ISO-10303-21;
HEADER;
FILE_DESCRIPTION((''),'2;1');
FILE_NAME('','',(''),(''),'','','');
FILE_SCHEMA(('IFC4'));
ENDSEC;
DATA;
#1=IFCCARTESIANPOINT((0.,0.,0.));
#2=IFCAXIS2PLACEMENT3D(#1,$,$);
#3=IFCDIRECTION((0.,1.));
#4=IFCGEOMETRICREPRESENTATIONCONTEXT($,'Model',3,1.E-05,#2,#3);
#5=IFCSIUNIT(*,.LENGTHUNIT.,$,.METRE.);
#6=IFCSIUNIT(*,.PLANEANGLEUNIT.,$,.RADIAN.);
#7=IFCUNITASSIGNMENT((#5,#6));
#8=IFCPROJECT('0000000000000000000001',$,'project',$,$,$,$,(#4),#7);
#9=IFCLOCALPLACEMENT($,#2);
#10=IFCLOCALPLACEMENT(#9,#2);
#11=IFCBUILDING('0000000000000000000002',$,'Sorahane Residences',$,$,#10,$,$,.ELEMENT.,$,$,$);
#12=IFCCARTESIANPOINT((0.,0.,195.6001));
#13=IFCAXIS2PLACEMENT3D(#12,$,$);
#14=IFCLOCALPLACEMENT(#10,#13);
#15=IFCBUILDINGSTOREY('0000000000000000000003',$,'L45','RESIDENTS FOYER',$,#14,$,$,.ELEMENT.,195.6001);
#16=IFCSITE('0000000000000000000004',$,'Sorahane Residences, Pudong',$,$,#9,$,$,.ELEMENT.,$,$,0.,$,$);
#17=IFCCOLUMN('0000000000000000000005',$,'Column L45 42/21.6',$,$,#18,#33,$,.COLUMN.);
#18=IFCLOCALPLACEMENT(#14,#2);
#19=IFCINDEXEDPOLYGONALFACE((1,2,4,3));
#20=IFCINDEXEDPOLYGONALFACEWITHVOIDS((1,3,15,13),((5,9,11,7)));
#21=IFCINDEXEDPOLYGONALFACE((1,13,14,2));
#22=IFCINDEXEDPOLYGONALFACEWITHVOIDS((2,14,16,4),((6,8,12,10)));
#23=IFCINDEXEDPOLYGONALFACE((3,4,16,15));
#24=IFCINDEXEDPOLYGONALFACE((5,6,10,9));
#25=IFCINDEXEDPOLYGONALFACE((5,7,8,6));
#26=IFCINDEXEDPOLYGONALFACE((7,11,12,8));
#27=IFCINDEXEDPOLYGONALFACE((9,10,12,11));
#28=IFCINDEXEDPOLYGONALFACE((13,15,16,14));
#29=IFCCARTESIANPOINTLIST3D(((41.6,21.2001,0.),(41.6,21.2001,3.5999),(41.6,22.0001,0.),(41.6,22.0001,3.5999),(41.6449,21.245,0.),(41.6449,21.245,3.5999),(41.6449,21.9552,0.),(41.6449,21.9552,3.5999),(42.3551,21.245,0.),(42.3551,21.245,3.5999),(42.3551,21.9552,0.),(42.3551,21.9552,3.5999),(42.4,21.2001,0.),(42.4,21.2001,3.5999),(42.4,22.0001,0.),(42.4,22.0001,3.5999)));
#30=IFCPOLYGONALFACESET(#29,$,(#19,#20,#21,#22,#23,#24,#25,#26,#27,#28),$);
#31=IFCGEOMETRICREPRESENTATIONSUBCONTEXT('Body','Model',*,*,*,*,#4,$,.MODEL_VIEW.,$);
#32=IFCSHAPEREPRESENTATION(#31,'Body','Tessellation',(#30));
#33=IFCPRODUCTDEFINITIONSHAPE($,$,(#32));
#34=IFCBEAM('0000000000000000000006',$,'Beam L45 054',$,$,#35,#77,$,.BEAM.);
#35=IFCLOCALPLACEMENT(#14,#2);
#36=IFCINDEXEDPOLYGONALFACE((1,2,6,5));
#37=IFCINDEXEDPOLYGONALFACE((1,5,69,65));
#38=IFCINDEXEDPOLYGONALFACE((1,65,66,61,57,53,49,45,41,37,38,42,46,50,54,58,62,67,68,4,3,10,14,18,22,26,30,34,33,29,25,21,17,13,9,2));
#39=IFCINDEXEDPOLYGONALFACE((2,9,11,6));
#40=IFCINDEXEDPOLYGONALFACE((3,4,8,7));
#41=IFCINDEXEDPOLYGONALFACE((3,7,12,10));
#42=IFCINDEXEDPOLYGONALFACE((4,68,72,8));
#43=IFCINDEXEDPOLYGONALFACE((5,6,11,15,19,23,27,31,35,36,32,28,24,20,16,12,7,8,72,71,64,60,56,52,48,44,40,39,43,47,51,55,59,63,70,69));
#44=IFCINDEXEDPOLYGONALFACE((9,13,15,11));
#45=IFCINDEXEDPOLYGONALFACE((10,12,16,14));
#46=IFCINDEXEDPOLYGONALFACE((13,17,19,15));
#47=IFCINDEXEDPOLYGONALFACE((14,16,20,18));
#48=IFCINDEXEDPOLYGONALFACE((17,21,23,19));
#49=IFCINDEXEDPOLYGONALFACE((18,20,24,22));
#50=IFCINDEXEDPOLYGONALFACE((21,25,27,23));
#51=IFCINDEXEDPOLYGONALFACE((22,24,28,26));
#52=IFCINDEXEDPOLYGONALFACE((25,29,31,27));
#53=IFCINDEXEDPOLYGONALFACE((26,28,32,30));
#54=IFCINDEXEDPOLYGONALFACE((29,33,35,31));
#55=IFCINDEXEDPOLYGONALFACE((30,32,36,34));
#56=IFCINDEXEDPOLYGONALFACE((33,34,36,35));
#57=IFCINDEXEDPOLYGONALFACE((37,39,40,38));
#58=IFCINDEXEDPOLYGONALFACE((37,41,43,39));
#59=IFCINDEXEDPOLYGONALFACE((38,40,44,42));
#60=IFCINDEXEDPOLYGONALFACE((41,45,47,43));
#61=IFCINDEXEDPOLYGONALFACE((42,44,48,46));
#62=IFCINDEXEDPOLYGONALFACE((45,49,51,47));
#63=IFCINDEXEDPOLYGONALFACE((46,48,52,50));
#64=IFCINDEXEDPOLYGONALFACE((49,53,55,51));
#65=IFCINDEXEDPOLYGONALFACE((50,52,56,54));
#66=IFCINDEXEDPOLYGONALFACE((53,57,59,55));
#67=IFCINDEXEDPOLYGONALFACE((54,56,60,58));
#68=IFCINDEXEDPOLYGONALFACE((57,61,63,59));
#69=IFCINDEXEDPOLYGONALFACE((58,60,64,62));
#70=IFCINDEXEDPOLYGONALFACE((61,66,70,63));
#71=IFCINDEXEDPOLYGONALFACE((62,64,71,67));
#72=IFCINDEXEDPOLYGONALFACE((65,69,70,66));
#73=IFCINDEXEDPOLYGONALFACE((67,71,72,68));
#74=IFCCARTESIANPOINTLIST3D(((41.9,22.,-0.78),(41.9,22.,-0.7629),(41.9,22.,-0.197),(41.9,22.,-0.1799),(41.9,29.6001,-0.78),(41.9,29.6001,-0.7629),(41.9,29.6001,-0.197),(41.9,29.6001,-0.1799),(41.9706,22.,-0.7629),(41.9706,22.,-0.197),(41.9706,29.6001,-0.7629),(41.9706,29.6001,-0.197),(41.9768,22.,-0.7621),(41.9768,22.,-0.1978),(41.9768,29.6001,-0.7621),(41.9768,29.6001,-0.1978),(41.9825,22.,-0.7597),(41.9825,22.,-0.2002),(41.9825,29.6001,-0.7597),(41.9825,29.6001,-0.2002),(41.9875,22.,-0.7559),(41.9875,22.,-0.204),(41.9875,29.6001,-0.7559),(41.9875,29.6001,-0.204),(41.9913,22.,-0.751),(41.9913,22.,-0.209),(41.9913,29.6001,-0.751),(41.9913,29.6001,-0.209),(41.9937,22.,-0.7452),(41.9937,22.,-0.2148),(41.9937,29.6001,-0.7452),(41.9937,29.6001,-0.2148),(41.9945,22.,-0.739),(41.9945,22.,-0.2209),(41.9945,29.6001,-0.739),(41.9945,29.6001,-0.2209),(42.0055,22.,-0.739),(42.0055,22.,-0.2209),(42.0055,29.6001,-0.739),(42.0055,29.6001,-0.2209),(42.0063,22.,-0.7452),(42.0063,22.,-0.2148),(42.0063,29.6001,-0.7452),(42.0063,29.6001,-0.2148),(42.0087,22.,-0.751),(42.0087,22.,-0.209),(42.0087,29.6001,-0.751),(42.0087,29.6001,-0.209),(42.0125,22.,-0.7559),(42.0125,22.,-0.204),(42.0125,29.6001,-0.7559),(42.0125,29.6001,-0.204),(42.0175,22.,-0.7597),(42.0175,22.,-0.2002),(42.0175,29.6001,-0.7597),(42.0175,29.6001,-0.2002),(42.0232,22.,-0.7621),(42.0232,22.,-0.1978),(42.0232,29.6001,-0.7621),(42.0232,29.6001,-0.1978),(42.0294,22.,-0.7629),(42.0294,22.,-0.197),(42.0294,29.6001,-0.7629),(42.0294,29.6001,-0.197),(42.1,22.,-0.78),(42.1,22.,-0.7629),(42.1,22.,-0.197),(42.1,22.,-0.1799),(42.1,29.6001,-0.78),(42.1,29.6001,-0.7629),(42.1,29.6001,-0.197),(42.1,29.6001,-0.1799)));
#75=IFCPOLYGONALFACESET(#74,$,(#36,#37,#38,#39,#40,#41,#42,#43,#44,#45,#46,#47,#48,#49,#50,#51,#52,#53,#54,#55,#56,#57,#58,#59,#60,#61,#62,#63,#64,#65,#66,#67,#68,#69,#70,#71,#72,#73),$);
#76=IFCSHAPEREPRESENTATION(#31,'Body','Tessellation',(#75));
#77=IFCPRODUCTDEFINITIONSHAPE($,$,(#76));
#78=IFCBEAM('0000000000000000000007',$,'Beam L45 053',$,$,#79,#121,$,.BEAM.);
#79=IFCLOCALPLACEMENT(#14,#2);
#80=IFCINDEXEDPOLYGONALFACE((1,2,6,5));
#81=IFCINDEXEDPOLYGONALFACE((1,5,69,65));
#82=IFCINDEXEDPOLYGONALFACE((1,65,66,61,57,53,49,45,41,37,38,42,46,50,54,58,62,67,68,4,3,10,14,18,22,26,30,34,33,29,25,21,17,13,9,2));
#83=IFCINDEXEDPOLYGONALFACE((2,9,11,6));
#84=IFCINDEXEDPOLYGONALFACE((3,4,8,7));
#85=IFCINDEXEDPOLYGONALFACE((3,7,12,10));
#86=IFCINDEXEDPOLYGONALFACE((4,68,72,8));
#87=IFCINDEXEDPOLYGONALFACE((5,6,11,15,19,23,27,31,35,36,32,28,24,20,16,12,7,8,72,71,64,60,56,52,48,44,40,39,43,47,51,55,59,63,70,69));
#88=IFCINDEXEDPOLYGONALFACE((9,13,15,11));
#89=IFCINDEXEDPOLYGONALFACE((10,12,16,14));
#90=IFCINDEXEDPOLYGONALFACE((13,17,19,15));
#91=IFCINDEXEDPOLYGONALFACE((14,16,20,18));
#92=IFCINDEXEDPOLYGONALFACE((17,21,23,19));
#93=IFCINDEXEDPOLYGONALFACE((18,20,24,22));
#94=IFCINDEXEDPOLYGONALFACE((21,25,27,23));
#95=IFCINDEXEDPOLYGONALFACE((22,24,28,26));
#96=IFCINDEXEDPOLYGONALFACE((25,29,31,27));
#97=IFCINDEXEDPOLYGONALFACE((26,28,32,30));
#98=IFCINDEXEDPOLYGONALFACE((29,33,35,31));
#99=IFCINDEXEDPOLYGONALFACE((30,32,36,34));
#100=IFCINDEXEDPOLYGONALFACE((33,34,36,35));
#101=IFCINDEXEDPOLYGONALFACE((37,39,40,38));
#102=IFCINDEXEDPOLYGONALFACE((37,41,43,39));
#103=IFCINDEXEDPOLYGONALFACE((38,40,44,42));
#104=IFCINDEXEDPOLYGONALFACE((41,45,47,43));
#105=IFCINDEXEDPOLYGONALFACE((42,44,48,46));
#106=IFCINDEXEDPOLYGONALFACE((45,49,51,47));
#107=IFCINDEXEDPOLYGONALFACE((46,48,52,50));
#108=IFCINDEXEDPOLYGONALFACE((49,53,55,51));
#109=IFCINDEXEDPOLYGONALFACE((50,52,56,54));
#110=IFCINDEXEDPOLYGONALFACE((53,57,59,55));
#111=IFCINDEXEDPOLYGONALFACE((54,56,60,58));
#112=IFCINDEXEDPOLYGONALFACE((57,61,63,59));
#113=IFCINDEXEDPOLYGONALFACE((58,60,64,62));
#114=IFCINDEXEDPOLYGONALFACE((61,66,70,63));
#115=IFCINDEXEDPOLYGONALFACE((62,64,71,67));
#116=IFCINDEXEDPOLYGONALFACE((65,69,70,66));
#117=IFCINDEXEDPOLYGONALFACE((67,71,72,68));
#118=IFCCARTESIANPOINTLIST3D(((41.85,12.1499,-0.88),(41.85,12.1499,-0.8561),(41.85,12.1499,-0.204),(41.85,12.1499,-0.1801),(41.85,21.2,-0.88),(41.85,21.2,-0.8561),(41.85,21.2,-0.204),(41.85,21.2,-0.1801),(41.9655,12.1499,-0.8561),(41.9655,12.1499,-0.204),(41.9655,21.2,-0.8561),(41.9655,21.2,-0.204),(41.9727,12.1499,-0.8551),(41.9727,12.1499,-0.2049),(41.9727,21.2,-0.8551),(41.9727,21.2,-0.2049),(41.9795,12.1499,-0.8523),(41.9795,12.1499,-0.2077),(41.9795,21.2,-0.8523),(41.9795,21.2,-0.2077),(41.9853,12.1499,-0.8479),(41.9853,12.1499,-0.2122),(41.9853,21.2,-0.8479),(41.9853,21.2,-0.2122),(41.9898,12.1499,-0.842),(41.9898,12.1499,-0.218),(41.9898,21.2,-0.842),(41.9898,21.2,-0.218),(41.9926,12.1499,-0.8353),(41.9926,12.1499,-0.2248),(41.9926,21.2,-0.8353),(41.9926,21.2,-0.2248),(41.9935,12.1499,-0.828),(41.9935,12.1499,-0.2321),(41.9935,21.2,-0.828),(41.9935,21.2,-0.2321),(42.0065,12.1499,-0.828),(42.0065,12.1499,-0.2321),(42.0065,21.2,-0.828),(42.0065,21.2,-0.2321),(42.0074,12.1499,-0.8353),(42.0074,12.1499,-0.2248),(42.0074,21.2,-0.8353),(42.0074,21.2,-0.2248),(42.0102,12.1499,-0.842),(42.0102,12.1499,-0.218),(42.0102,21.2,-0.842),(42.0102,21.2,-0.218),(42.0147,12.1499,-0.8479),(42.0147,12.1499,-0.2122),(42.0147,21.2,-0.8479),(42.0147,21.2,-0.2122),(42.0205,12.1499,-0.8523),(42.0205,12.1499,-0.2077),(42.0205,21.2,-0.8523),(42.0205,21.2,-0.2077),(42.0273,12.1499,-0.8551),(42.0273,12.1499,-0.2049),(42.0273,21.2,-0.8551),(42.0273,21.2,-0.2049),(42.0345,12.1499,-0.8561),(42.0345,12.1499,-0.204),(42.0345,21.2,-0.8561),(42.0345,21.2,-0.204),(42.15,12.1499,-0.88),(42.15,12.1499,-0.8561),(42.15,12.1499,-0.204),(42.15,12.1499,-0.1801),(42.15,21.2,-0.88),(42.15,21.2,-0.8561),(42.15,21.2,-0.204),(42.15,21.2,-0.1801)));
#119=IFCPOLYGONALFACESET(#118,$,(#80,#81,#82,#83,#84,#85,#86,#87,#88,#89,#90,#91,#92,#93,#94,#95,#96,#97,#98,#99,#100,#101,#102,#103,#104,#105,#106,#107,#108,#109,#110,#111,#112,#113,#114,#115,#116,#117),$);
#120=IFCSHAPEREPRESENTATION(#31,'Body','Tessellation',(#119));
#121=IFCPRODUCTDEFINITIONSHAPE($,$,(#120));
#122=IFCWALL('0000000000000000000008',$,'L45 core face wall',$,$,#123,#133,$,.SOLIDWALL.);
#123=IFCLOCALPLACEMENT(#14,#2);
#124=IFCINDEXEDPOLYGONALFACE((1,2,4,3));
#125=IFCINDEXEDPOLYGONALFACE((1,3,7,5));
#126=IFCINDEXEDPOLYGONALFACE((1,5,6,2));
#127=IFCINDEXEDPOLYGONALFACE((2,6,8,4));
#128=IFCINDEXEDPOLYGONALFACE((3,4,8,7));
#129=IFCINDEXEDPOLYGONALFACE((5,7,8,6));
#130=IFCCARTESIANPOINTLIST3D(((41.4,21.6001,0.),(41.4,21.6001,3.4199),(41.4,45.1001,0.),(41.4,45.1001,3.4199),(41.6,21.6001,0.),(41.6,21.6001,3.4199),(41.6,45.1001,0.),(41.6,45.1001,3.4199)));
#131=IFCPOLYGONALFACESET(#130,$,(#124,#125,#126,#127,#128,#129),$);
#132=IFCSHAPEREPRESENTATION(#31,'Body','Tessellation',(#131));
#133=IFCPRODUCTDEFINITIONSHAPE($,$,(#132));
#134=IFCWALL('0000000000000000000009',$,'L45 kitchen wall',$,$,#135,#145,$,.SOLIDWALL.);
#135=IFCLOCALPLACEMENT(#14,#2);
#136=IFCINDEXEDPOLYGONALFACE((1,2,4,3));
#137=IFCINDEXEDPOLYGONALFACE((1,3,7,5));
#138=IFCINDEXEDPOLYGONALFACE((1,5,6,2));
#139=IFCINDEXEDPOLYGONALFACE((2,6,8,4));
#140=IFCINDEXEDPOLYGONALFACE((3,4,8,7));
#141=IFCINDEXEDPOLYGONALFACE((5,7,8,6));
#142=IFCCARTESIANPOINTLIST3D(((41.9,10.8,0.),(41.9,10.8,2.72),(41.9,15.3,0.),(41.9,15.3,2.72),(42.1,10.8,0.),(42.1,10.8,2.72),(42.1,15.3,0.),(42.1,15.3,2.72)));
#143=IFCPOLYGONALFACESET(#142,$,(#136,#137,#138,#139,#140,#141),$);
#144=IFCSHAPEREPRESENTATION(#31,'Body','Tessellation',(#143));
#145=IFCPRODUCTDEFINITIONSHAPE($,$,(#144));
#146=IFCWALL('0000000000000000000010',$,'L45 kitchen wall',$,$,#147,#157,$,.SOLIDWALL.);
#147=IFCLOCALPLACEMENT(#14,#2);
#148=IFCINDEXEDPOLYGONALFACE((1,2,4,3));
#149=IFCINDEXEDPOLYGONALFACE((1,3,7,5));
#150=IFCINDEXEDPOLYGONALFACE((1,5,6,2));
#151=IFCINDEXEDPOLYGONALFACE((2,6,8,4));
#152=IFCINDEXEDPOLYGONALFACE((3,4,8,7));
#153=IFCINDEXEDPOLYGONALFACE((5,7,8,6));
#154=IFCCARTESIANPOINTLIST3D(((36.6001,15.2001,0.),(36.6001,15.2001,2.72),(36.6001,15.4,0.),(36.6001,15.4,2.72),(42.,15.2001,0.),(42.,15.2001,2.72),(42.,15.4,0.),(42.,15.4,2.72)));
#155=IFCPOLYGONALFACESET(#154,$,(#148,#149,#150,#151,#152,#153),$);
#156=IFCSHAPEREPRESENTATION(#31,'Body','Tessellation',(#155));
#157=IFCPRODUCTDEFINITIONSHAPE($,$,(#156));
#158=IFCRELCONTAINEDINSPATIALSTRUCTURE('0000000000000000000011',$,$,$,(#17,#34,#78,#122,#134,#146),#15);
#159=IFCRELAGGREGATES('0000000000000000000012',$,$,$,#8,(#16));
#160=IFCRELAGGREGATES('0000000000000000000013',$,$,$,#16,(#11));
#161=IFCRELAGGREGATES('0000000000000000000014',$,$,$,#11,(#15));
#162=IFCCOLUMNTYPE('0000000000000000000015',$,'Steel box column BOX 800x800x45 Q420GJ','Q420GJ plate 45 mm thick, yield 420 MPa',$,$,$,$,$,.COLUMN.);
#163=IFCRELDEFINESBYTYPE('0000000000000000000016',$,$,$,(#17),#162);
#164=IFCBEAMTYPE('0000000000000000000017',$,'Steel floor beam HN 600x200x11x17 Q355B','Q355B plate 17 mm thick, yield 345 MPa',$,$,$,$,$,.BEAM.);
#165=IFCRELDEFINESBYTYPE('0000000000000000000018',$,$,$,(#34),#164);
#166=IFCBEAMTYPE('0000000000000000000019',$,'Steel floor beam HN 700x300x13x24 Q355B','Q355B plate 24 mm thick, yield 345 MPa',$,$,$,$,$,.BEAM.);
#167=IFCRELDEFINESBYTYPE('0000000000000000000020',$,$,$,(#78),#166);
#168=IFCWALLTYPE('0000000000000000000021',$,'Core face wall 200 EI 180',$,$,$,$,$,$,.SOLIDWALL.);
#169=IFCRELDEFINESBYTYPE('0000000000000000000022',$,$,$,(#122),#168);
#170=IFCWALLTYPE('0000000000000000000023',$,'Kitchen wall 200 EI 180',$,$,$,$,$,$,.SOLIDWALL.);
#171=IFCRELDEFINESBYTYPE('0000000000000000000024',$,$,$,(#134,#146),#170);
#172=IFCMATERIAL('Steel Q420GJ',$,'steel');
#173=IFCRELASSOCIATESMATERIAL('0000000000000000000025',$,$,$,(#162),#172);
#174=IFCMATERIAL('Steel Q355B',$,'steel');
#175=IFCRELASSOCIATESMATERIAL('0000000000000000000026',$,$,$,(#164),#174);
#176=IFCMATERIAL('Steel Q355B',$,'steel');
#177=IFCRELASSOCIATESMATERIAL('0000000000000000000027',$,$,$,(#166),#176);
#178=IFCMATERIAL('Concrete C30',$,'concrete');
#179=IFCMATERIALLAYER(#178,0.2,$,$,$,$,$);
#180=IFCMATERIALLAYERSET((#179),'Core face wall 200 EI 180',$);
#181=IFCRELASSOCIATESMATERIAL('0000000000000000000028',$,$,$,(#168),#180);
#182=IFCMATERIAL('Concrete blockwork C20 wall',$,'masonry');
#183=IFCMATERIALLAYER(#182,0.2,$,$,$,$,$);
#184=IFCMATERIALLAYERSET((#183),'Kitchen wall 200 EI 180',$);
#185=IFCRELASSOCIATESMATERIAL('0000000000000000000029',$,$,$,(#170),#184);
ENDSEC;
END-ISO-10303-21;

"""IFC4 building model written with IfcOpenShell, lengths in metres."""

from ifc_helpers import new_model, si_unit, direction, frame, frame_2d, origin, origin_2d, place, context, subcontext, project, spatial, rectangle, hollow_rectangle, i_section, extrude, material, layer, layer_set, material_profile, profile_set, type_object, element, save


model = new_model("IFC4")

# Units and contexts
model_context = context("Model", 3, precision=1e-05, world=origin(), true_north=direction((0.0, 1.0)))
body_context = subcontext(model_context, "Body", "Model", "MODEL_VIEW")
ifc_project = project(units=[si_unit("LENGTHUNIT", "METRE"), si_unit("PLANEANGLEUNIT", "RADIAN")], contexts=[model_context])

# Site, building, storey
site_placement = place(None, origin())
site = spatial("IfcSite", under=ifc_project, at=site_placement, Name="Sorahane Residences, Pudong", CompositionType="ELEMENT", RefElevation=0.0)
building_placement = place(site_placement, origin())
building = spatial("IfcBuilding", under=site, at=building_placement, Name="Sorahane Residences", CompositionType="ELEMENT")
storey_placement = place(building_placement, frame((0.0, 0.0, 195.6001)))
storey = spatial("IfcBuildingStorey", under=building, at=storey_placement, Name="L45", Description="RESIDENTS FOYER", CompositionType="ELEMENT", Elevation=195.6001)

# Column
ifc_material_1 = material(Name="Steel Q420GJ", Category="steel")
ifc_material_profile_1 = material_profile(ifc_material_1, hollow_rectangle(XDim=0.8, YDim=0.8, WallThickness=0.0449, at=origin_2d()), Name="BOX 800x800x45")
ifc_profile_set_1 = profile_set([ifc_material_profile_1], Name="Steel Q420GJ")
column_type = type_object("IfcColumnType", Name="Steel box column BOX 800x800x45 Q420GJ", Description="Q420GJ plate 45 mm thick, yield 420 MPa", PredefinedType="COLUMN", material=ifc_profile_set_1)
column_placement = place(storey_placement, frame((42.0, 21.6001, 0.0), z_axis=(0.0, 0.0, 1.0), x_axis=(1.0, 0.0, 0.0)))
element("IfcColumn", 1, at=column_placement, inside=storey, type_object=column_type, Name="Column L45 42/21.6", PredefinedType="COLUMN", context=body_context, shape_type="SweptSolid", body=[
    extrude(hollow_rectangle(XDim=0.8, YDim=0.8, WallThickness=0.0449, at=origin_2d()), origin(), (0.0, 0.0, 1.0), 3.5999),
])

# Beams
ifc_material_2 = material(Name="Steel Q355B", Category="steel")
ifc_material_profile_2 = material_profile(ifc_material_2, i_section(OverallWidth=0.2, OverallDepth=0.6001, WebThickness=0.011, FlangeThickness=0.0171, FilletRadius=0.0239, at=origin_2d()), Name="HN 600x200x11x17")
ifc_profile_set_2 = profile_set([ifc_material_profile_2], Name="Steel Q355B")
beam_type_1 = type_object("IfcBeamType", Name="Steel floor beam HN 600x200x11x17 Q355B", Description="Q355B plate 17 mm thick, yield 345 MPa", PredefinedType="BEAM", material=ifc_profile_set_2)
beam_1_placement = place(storey_placement, frame((42.0, 22.0, -0.48), z_axis=(0.0, 1.0, 0.0), x_axis=(-1.0, 0.0, 0.0)))
element("IfcBeam", 2, at=beam_1_placement, inside=storey, type_object=beam_type_1, Name="Beam L45 054", PredefinedType="BEAM", context=body_context, shape_type="SweptSolid", body=[
    extrude(i_section(OverallWidth=0.2, OverallDepth=0.6001, WebThickness=0.011, FlangeThickness=0.0171, FilletRadius=0.0239, at=origin_2d()), origin(), (0.0, 0.0, 1.0), 7.6001),
])
ifc_material_3 = material(Name="Steel Q355B", Category="steel")
ifc_material_profile_3 = material_profile(ifc_material_3, i_section(OverallWidth=0.3, OverallDepth=0.7, WebThickness=0.0129, FlangeThickness=0.0239, FilletRadius=0.0281, at=origin_2d()), Name="HN 700x300x13x24")
ifc_profile_set_3 = profile_set([ifc_material_profile_3], Name="Steel Q355B")
beam_type_2 = type_object("IfcBeamType", Name="Steel floor beam HN 700x300x13x24 Q355B", Description="Q355B plate 24 mm thick, yield 345 MPa", PredefinedType="BEAM", material=ifc_profile_set_3)
beam_2_placement = place(storey_placement, frame((42.0, 12.1499, -0.53), z_axis=(0.0, 1.0, 0.0), x_axis=(-1.0, 0.0, 0.0)))
element("IfcBeam", 3, at=beam_2_placement, inside=storey, type_object=beam_type_2, Name="Beam L45 053", PredefinedType="BEAM", context=body_context, shape_type="SweptSolid", body=[
    extrude(i_section(OverallWidth=0.3, OverallDepth=0.7, WebThickness=0.0129, FlangeThickness=0.0239, FilletRadius=0.0281, at=origin_2d()), origin(), (0.0, 0.0, 1.0), 9.05),
])

# Wall
ifc_material_4 = material(Name="Concrete C30", Category="concrete")
ifc_layer_1 = layer(ifc_material_4, 0.2)
ifc_layer_set_1 = layer_set([ifc_layer_1], Name="Core face wall 200 EI 180")
wall_type_1 = type_object("IfcWallType", Name="Core face wall 200 EI 180", PredefinedType="SOLIDWALL", material=ifc_layer_set_1)
wall_1_placement = place(storey_placement, frame((41.5, 21.6001, 0.0), z_axis=(0.0, 0.0, 1.0), x_axis=(0.0, 1.0, 0.0)))
element("IfcWall", 4, at=wall_1_placement, inside=storey, type_object=wall_type_1, Name="L45 core face wall", PredefinedType="SOLIDWALL", context=body_context, shape_type="SweptSolid", body=[
    extrude(rectangle(XDim=23.5, YDim=0.2, at=frame_2d((11.75, 0.0))), origin(), (0.0, 0.0, 1.0), 3.4199),
])

# Wall
ifc_material_5 = material(Name="Concrete blockwork C20 wall", Category="masonry")
ifc_layer_2 = layer(ifc_material_5, 0.2)
ifc_layer_set_2 = layer_set([ifc_layer_2], Name="Kitchen wall 200 EI 180")
wall_type_2 = type_object("IfcWallType", Name="Kitchen wall 200 EI 180", PredefinedType="SOLIDWALL", material=ifc_layer_set_2)
wall_2_placement = place(storey_placement, frame((42.0, 10.8, 0.0), z_axis=(0.0, 0.0, 1.0), x_axis=(0.0, 1.0, 0.0)))
element("IfcWall", 5, at=wall_2_placement, inside=storey, type_object=wall_type_2, Name="L45 kitchen wall", PredefinedType="SOLIDWALL", context=body_context, shape_type="SweptSolid", body=[
    extrude(rectangle(XDim=4.5, YDim=0.2, at=frame_2d((2.25, 0.0))), origin(), (0.0, 0.0, 1.0), 2.72),
])

# Wall
wall_3_placement = place(storey_placement, frame((36.6001, 15.3, 0.0), z_axis=(0.0, 0.0, 1.0), x_axis=(1.0, 0.0, 0.0)))
element("IfcWall", 6, at=wall_3_placement, inside=storey, type_object=wall_type_2, Name="L45 kitchen wall", PredefinedType="SOLIDWALL", context=body_context, shape_type="SweptSolid", body=[
    extrude(rectangle(XDim=5.3999, YDim=0.2, at=frame_2d((2.7, 0.0))), origin(), (0.0, 0.0, 1.0), 2.72),
])

save(model, "model.ifc")
